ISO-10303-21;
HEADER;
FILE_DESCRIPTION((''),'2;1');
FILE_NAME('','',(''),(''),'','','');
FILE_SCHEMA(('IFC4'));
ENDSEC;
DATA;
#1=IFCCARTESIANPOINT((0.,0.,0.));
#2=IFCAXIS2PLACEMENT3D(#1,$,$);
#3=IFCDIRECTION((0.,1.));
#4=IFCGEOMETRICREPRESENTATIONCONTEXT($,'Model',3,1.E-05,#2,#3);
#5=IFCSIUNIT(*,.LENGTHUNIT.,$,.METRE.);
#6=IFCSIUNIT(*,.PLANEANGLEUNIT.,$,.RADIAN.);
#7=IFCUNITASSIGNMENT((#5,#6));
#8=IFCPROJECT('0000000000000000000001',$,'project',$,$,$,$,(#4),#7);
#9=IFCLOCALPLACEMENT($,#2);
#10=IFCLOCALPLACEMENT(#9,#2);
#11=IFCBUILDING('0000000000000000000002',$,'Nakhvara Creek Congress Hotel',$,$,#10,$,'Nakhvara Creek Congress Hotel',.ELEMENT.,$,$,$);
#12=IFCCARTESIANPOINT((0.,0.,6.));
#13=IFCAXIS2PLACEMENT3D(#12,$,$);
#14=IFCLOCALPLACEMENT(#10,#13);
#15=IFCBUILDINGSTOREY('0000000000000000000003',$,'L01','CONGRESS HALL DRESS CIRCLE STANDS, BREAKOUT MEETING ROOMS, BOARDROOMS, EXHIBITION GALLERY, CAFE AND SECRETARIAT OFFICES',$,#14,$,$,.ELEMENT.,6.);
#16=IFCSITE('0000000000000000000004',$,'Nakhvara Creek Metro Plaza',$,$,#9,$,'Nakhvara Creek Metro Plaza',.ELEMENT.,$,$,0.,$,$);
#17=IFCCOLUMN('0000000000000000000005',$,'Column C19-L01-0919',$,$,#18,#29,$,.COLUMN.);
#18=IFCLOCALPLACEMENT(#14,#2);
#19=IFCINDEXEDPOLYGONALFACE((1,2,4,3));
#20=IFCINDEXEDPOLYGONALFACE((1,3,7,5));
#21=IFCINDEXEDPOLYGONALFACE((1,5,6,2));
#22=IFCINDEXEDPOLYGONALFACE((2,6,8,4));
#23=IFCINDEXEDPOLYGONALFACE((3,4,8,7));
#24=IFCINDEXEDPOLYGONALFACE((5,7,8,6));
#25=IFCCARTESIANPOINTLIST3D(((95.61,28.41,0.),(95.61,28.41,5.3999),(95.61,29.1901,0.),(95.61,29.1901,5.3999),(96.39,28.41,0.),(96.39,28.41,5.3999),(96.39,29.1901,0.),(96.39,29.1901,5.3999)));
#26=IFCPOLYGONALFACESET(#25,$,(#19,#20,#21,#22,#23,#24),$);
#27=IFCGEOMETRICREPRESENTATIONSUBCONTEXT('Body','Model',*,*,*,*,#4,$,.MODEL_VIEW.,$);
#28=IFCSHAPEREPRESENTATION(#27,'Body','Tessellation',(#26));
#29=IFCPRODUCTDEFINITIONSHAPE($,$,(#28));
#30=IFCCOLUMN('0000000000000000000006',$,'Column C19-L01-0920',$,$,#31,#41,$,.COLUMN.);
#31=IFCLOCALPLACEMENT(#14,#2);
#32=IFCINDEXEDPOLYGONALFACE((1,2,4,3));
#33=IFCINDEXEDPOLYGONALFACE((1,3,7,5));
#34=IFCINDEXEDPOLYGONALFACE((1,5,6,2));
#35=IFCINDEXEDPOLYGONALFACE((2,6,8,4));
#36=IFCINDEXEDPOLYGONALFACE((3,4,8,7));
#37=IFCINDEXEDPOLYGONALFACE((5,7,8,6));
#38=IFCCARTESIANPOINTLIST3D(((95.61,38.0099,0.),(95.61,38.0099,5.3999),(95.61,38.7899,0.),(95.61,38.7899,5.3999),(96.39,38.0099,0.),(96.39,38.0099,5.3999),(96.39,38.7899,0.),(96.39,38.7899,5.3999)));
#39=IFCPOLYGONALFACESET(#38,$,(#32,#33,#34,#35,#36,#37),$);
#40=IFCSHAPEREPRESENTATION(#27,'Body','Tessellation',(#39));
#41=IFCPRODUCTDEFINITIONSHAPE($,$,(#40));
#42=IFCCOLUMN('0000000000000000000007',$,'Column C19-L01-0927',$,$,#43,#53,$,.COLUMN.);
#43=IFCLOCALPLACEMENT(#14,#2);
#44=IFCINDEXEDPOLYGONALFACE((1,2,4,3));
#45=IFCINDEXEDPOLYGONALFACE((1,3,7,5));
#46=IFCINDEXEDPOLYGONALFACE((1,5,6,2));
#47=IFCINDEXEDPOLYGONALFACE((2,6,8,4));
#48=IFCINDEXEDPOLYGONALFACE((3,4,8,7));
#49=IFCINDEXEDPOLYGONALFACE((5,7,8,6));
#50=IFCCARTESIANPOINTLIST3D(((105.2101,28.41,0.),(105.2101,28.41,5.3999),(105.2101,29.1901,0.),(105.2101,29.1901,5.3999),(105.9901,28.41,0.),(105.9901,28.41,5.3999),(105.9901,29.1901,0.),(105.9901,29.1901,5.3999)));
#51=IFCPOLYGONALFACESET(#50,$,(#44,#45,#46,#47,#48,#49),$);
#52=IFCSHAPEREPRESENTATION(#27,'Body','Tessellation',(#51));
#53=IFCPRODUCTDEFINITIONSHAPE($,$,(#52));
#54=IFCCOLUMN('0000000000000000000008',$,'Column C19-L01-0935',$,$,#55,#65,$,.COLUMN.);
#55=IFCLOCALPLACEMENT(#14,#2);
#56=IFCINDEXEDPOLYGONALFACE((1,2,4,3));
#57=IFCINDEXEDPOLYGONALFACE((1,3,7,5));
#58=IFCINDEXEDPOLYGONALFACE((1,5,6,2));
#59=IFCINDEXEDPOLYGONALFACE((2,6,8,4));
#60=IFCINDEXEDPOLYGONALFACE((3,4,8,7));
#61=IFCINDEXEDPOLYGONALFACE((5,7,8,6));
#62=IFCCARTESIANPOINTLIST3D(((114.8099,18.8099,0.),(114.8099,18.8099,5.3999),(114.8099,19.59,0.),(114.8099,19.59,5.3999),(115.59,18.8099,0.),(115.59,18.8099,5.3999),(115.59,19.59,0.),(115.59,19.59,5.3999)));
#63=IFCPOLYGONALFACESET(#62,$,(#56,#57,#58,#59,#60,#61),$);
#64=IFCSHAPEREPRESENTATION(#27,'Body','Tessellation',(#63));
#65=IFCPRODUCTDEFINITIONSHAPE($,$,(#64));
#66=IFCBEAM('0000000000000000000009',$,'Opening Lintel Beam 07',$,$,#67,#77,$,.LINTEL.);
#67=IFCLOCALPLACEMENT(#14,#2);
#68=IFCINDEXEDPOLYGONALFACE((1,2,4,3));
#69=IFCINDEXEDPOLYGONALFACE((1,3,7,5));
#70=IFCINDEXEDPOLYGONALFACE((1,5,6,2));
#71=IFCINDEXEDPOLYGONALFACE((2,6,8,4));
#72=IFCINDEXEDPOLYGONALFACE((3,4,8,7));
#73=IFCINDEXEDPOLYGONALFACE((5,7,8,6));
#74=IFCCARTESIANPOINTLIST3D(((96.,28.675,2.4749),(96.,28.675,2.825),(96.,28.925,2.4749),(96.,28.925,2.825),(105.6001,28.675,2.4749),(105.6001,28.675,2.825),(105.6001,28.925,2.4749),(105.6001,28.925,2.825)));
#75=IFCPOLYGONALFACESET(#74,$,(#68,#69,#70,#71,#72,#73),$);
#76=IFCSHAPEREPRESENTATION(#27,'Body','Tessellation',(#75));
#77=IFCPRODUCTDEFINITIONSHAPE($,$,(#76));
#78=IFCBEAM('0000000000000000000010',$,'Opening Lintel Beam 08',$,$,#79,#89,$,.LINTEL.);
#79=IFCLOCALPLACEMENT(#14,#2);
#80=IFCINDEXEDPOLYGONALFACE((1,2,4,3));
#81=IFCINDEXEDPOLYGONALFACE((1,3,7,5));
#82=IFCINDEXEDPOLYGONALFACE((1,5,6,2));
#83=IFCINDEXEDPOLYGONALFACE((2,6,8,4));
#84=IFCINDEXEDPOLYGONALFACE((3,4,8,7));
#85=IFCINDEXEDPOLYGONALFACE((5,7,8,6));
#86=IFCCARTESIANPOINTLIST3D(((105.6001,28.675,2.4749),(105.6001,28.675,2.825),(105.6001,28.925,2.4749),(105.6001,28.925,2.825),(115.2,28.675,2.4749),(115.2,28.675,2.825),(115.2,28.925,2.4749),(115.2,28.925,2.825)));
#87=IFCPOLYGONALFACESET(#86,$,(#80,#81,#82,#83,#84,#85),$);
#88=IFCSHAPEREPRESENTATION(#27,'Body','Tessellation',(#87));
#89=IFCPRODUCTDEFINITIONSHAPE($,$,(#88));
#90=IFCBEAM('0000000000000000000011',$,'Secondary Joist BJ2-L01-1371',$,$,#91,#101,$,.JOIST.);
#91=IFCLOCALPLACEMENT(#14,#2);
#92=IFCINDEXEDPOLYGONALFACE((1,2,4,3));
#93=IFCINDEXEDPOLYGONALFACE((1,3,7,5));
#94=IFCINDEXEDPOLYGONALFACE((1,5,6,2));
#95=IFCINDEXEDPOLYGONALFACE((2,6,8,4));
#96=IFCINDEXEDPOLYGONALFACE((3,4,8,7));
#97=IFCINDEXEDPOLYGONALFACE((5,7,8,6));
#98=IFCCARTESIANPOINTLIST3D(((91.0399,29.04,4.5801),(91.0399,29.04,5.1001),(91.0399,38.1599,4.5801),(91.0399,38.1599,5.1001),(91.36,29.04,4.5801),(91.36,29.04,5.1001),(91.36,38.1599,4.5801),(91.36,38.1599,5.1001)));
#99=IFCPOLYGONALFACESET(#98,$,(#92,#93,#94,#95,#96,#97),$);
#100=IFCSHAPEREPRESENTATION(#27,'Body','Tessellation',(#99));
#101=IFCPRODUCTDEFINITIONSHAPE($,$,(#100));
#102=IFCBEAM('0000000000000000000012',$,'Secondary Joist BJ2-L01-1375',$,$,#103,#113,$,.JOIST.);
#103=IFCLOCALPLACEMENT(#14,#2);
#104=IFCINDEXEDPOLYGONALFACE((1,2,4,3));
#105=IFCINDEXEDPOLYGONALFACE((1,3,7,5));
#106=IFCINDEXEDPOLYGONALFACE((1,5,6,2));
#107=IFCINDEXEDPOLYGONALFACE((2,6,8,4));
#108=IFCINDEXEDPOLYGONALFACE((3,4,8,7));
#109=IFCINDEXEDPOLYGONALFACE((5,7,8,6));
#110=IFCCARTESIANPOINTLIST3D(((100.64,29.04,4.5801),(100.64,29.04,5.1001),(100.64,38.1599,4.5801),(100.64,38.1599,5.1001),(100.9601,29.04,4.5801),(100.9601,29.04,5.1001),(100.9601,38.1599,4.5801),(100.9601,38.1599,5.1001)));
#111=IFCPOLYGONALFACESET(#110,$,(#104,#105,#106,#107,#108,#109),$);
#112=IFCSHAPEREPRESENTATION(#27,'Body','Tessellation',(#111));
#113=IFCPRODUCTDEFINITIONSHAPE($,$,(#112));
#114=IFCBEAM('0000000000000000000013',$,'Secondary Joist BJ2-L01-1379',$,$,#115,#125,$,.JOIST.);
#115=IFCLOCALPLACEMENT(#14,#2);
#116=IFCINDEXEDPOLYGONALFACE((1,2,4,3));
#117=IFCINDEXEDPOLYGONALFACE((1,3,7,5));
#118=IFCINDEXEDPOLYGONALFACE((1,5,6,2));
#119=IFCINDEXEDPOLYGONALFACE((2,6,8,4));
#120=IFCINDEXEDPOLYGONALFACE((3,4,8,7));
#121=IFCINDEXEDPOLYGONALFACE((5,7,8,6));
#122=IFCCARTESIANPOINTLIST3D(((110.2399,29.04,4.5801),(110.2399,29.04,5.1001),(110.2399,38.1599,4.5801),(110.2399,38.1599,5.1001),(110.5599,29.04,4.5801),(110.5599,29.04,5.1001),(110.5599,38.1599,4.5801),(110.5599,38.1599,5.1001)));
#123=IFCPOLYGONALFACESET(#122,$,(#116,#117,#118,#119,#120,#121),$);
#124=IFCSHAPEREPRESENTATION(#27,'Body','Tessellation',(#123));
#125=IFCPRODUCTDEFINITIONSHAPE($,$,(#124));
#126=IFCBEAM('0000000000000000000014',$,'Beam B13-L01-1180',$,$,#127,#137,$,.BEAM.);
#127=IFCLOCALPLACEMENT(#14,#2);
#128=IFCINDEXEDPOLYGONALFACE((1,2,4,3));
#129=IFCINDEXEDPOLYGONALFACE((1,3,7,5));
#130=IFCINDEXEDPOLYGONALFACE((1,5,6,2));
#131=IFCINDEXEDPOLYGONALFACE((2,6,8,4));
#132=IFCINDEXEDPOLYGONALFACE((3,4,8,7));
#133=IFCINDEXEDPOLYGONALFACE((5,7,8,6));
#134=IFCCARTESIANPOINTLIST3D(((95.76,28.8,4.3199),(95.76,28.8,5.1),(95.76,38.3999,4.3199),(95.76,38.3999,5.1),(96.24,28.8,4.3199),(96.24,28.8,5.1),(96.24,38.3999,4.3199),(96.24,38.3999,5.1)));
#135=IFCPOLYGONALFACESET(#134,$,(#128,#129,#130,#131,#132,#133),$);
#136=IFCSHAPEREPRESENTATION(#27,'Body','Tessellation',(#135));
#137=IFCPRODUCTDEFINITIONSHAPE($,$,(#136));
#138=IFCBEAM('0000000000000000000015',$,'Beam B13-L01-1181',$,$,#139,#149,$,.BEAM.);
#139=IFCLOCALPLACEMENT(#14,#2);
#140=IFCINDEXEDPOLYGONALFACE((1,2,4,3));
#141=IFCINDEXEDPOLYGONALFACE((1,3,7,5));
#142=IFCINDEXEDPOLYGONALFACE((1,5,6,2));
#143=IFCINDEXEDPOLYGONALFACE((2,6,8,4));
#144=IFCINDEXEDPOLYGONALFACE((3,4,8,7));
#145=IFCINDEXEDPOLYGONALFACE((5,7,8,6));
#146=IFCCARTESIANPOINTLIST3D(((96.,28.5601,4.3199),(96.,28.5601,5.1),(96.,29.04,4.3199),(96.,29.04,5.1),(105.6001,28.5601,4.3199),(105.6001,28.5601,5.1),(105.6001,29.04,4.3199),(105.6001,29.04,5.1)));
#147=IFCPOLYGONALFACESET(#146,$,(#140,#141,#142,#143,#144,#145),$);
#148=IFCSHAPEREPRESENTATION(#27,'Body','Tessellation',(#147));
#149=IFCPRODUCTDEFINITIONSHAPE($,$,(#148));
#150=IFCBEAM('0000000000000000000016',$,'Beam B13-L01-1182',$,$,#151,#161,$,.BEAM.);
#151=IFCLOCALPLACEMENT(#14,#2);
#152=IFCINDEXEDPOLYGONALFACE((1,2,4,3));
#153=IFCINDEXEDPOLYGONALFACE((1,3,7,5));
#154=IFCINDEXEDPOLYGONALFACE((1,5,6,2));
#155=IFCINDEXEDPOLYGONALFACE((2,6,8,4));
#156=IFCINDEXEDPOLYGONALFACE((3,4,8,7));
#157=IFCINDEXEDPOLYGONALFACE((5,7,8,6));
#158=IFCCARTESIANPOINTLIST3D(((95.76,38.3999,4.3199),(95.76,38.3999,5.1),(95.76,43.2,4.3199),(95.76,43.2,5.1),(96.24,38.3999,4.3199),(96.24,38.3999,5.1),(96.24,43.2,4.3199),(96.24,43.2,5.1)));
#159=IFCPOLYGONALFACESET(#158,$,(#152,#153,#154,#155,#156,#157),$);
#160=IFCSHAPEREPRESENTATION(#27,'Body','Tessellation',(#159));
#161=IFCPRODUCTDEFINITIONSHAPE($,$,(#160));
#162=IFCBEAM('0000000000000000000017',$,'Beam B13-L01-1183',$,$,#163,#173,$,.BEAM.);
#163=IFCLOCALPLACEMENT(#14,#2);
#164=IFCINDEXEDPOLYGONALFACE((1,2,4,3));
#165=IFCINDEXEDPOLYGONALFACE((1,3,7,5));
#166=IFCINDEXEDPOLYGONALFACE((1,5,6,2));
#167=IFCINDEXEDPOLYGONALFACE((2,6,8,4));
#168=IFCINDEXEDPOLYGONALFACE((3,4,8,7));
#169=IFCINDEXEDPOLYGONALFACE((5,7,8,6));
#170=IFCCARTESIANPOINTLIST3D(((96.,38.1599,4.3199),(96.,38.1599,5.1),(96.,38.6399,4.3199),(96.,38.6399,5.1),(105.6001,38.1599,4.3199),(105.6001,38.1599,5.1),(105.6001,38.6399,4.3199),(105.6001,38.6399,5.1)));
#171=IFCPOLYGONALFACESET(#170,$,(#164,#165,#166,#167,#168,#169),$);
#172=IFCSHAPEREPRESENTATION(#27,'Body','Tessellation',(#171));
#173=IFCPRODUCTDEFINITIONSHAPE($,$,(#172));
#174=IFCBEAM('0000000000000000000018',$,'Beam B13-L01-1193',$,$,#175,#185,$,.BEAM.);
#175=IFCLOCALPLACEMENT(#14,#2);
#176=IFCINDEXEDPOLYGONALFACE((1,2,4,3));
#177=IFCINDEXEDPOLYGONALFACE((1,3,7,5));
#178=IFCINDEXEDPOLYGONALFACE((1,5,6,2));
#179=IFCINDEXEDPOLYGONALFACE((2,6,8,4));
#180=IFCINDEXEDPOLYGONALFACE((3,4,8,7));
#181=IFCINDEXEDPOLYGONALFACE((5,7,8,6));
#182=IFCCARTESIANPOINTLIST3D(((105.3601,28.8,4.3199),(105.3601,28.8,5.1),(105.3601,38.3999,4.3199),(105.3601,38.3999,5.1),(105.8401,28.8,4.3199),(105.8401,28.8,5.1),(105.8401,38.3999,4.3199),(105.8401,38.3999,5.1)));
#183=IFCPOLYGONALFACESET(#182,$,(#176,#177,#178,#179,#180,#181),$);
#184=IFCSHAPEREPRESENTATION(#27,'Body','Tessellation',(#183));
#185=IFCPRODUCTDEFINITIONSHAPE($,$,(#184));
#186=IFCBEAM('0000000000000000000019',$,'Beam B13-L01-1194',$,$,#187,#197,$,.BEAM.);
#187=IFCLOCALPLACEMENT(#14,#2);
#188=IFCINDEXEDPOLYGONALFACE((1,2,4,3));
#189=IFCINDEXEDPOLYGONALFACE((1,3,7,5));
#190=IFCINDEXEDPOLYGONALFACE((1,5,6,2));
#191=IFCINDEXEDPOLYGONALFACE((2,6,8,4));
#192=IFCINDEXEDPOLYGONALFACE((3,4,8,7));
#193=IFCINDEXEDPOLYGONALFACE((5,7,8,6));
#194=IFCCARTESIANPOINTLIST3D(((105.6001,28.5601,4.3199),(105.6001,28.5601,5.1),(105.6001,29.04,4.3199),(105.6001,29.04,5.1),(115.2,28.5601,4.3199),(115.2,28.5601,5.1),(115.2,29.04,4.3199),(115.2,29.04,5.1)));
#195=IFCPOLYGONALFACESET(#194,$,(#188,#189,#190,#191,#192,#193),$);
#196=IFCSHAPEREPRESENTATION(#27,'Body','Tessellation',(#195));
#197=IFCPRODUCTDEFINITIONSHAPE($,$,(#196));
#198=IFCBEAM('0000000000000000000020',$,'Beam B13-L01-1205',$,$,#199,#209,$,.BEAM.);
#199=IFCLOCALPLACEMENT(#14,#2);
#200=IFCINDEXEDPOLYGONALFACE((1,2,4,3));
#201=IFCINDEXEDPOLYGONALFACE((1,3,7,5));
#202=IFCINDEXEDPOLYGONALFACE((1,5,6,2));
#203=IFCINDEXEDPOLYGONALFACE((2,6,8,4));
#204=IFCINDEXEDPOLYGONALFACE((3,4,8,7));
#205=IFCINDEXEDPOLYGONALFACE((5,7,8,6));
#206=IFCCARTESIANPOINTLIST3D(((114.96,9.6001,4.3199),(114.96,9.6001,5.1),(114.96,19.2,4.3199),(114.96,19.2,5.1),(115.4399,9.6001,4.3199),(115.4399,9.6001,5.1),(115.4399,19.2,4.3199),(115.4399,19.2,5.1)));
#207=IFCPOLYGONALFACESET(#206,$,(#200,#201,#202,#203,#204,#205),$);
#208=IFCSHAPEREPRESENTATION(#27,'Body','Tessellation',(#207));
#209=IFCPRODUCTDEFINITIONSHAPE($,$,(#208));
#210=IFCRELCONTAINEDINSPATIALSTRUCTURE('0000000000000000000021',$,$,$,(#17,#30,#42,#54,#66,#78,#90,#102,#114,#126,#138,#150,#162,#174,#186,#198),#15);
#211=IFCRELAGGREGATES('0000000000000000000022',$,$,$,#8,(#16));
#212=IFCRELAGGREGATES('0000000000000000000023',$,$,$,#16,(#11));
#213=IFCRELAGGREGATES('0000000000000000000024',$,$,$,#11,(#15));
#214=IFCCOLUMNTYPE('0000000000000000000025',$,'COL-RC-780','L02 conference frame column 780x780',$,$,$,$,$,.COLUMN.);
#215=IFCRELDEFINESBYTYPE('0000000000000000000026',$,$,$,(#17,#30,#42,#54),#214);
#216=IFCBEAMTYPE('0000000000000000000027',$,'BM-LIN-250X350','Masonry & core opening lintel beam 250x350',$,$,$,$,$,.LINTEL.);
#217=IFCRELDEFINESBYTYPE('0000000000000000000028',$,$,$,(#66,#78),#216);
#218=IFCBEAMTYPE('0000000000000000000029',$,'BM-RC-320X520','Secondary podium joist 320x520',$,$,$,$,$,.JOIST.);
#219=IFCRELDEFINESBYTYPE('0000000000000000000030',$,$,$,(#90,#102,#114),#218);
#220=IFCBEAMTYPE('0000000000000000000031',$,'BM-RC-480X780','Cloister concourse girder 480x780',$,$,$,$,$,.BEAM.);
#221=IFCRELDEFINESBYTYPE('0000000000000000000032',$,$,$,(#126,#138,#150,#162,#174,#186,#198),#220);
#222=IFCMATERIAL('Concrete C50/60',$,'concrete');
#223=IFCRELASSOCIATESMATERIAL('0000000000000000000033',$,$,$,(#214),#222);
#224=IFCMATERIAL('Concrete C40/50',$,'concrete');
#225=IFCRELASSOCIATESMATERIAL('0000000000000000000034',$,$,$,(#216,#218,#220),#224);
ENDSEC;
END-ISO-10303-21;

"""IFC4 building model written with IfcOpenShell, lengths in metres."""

from ifc_helpers import new_model, si_unit, direction, frame, origin, origin_2d, place, context, subcontext, project, spatial, rectangle, extrude, material, material_profile, profile_set, type_object, element, save


model = new_model("IFC4")

# Units and contexts
model_context = context("Model", 3, precision=1e-05, world=origin(), true_north=direction((0.0, 1.0)))
body_context = subcontext(model_context, "Body", "Model", "MODEL_VIEW")
ifc_project = project(units=[si_unit("LENGTHUNIT", "METRE"), si_unit("PLANEANGLEUNIT", "RADIAN")], contexts=[model_context])

# Site, building, storey
site_placement = place(None, origin())
site = spatial("IfcSite", under=ifc_project, at=site_placement, Name="Nakhvara Creek Metro Plaza", LongName="Nakhvara Creek Metro Plaza", CompositionType="ELEMENT", RefElevation=0.0)
building_placement = place(site_placement, origin())
building = spatial("IfcBuilding", under=site, at=building_placement, Name="Nakhvara Creek Congress Hotel", LongName="Nakhvara Creek Congress Hotel", CompositionType="ELEMENT")
storey_placement = place(building_placement, frame((0.0, 0.0, 6.0)))
storey = spatial("IfcBuildingStorey", under=building, at=storey_placement, Name="L01", Description="CONGRESS HALL DRESS CIRCLE STANDS, BREAKOUT MEETING ROOMS, BOARDROOMS, EXHIBITION GALLERY, CAFE AND SECRETARIAT OFFICES", CompositionType="ELEMENT", Elevation=6.0)

# Columns
ifc_material_1 = material(Name="Concrete C50/60", Category="concrete")
ifc_material_profile_1 = material_profile(ifc_material_1, rectangle(XDim=0.78, YDim=0.78, at=origin_2d()), Name="RC-COL 780x780", Category="LoadBearing")
ifc_profile_set_1 = profile_set([ifc_material_profile_1], Name="Concrete C50/60")
column_type = type_object("IfcColumnType", Name="COL-RC-780", Description="L02 conference frame column 780x780", PredefinedType="COLUMN", material=ifc_profile_set_1)
for number, where, z_axis, x_axis, name in (
    (1, (96.0, 28.8, 0.0), (0.0, 0.0, 1.0), (1.0, 0.0, 0.0), "Column C19-L01-0919"),
    (2, (96.0, 38.3999, 0.0), (0.0, 0.0, 1.0), (1.0, 0.0, 0.0), "Column C19-L01-0920"),
    (3, (105.6001, 28.8, 0.0), (0.0, 0.0, 1.0), (1.0, 0.0, 0.0), "Column C19-L01-0927"),
    (4, (115.2, 19.2, 0.0), (0.0, 0.0, 1.0), (1.0, 0.0, 0.0), "Column C19-L01-0935"),
):
    element("IfcColumn", number, at=place(storey_placement, frame(where, z_axis=z_axis, x_axis=x_axis)), inside=storey, type_object=column_type, Name=name, PredefinedType="COLUMN", context=body_context, shape_type="SweptSolid", body=[
        extrude(rectangle(XDim=0.78, YDim=0.78, at=origin_2d()), origin(), (0.0, 0.0, 1.0), 5.3999),
    ])

# Beams
ifc_material_2 = material(Name="Concrete C40/50", Category="concrete")
ifc_material_profile_2 = material_profile(ifc_material_2, rectangle(XDim=0.25, YDim=0.3501, at=origin_2d()), Name="RC-LINTEL 250x350", Category="LoadBearing")
ifc_profile_set_2 = profile_set([ifc_material_profile_2], Name="Concrete C40/50")
beam_type_1 = type_object("IfcBeamType", Name="BM-LIN-250X350", Description="Masonry & core opening lintel beam 250x350", PredefinedType="LINTEL", material=ifc_profile_set_2)
beam_1_placement = place(storey_placement, frame((96.0, 28.8, 2.6499), z_axis=(1.0, 0.0, 0.0), x_axis=(0.0, 1.0, 0.0)))
element("IfcBeam", 5, at=beam_1_placement, inside=storey, type_object=beam_type_1, Name="Opening Lintel Beam 07", PredefinedType="LINTEL", context=body_context, shape_type="SweptSolid", body=[
    extrude(rectangle(XDim=0.25, YDim=0.3501, at=origin_2d()), origin(), (0.0, 0.0, 1.0), 9.6001),
])
beam_2_placement = place(storey_placement, frame((105.6001, 28.8, 2.6499), z_axis=(1.0, 0.0, 0.0), x_axis=(0.0, 1.0, 0.0)))
element("IfcBeam", 6, at=beam_2_placement, inside=storey, type_object=beam_type_1, Name="Opening Lintel Beam 08", PredefinedType="LINTEL", context=body_context, shape_type="SweptSolid", body=[
    extrude(rectangle(XDim=0.25, YDim=0.3501, at=origin_2d()), origin(), (0.0, 0.0, 1.0), 9.5999),
])
ifc_material_profile_3 = material_profile(ifc_material_2, rectangle(XDim=0.3201, YDim=0.52, at=origin_2d()), Name="RC-BM 320x520", Category="LoadBearing")
ifc_profile_set_3 = profile_set([ifc_material_profile_3], Name="Concrete C40/50")
beam_type_2 = type_object("IfcBeamType", Name="BM-RC-320X520", Description="Secondary podium joist 320x520", PredefinedType="JOIST", material=ifc_profile_set_3)
for number, where, z_axis, x_axis, name in (
    (7, (91.2, 29.04, 4.8401), (0.0, 1.0, 0.0), (-1.0, 0.0, 0.0), "Secondary Joist BJ2-L01-1371"),
    (8, (100.8, 29.04, 4.8401), (0.0, 1.0, 0.0), (-1.0, 0.0, 0.0), "Secondary Joist BJ2-L01-1375"),
    (9, (110.3999, 29.04, 4.8401), (0.0, 1.0, 0.0), (-1.0, 0.0, 0.0), "Secondary Joist BJ2-L01-1379"),
):
    element("IfcBeam", number, at=place(storey_placement, frame(where, z_axis=z_axis, x_axis=x_axis)), inside=storey, type_object=beam_type_2, Name=name, PredefinedType="JOIST", context=body_context, shape_type="SweptSolid", body=[
        extrude(rectangle(XDim=0.3201, YDim=0.52, at=origin_2d()), origin(), (0.0, 0.0, 1.0), 9.1199),
    ])
ifc_material_profile_4 = material_profile(ifc_material_2, rectangle(XDim=0.48, YDim=0.78, at=origin_2d()), Name="RC-BM 480x780", Category="LoadBearing")
ifc_profile_set_4 = profile_set([ifc_material_profile_4], Name="Concrete C40/50")
beam_type_3 = type_object("IfcBeamType", Name="BM-RC-480X780", Description="Cloister concourse girder 480x780", PredefinedType="BEAM", material=ifc_profile_set_4)
beam_3_placement = place(storey_placement, frame((96.0, 28.8, 4.71), z_axis=(0.0, 1.0, 0.0), x_axis=(-1.0, 0.0, 0.0)))
element("IfcBeam", 10, at=beam_3_placement, inside=storey, type_object=beam_type_3, Name="Beam B13-L01-1180", PredefinedType="BEAM", context=body_context, shape_type="SweptSolid", body=[
    extrude(rectangle(XDim=0.48, YDim=0.78, at=origin_2d()), origin(), (0.0, 0.0, 1.0), 9.5999),
])
beam_4_placement = place(storey_placement, frame((96.0, 28.8, 4.71), z_axis=(1.0, 0.0, 0.0), x_axis=(0.0, 1.0, 0.0)))
element("IfcBeam", 11, at=beam_4_placement, inside=storey, type_object=beam_type_3, Name="Beam B13-L01-1181", PredefinedType="BEAM", context=body_context, shape_type="SweptSolid", body=[
    extrude(rectangle(XDim=0.48, YDim=0.78, at=origin_2d()), origin(), (0.0, 0.0, 1.0), 9.6001),
])
beam_5_placement = place(storey_placement, frame((96.0, 38.3999, 4.71), z_axis=(0.0, 1.0, 0.0), x_axis=(-1.0, 0.0, 0.0)))
element("IfcBeam", 12, at=beam_5_placement, inside=storey, type_object=beam_type_3, Name="Beam B13-L01-1182", PredefinedType="BEAM", context=body_context, shape_type="SweptSolid", body=[
    extrude(rectangle(XDim=0.48, YDim=0.78, at=origin_2d()), origin(), (0.0, 0.0, 1.0), 4.8),
])
beam_6_placement = place(storey_placement, frame((96.0, 38.3999, 4.71), z_axis=(1.0, 0.0, 0.0), x_axis=(0.0, 1.0, 0.0)))
element("IfcBeam", 13, at=beam_6_placement, inside=storey, type_object=beam_type_3, Name="Beam B13-L01-1183", PredefinedType="BEAM", context=body_context, shape_type="SweptSolid", body=[
    extrude(rectangle(XDim=0.48, YDim=0.78, at=origin_2d()), origin(), (0.0, 0.0, 1.0), 9.6001),
])
for number, where, z_axis, x_axis, name in (
    (14, (105.6001, 28.8, 4.71), (0.0, 1.0, 0.0), (-1.0, 0.0, 0.0), "Beam B13-L01-1193"),
    (15, (105.6001, 28.8, 4.71), (1.0, 0.0, 0.0), (0.0, 1.0, 0.0), "Beam B13-L01-1194"),
    (16, (115.2, 9.6001, 4.71), (0.0, 1.0, 0.0), (-1.0, 0.0, 0.0), "Beam B13-L01-1205"),
):
    element("IfcBeam", number, at=place(storey_placement, frame(where, z_axis=z_axis, x_axis=x_axis)), inside=storey, type_object=beam_type_3, Name=name, PredefinedType="BEAM", context=body_context, shape_type="SweptSolid", body=[
        extrude(rectangle(XDim=0.48, YDim=0.78, at=origin_2d()), origin(), (0.0, 0.0, 1.0), 9.5999),
    ])

save(model, "model.ifc")
